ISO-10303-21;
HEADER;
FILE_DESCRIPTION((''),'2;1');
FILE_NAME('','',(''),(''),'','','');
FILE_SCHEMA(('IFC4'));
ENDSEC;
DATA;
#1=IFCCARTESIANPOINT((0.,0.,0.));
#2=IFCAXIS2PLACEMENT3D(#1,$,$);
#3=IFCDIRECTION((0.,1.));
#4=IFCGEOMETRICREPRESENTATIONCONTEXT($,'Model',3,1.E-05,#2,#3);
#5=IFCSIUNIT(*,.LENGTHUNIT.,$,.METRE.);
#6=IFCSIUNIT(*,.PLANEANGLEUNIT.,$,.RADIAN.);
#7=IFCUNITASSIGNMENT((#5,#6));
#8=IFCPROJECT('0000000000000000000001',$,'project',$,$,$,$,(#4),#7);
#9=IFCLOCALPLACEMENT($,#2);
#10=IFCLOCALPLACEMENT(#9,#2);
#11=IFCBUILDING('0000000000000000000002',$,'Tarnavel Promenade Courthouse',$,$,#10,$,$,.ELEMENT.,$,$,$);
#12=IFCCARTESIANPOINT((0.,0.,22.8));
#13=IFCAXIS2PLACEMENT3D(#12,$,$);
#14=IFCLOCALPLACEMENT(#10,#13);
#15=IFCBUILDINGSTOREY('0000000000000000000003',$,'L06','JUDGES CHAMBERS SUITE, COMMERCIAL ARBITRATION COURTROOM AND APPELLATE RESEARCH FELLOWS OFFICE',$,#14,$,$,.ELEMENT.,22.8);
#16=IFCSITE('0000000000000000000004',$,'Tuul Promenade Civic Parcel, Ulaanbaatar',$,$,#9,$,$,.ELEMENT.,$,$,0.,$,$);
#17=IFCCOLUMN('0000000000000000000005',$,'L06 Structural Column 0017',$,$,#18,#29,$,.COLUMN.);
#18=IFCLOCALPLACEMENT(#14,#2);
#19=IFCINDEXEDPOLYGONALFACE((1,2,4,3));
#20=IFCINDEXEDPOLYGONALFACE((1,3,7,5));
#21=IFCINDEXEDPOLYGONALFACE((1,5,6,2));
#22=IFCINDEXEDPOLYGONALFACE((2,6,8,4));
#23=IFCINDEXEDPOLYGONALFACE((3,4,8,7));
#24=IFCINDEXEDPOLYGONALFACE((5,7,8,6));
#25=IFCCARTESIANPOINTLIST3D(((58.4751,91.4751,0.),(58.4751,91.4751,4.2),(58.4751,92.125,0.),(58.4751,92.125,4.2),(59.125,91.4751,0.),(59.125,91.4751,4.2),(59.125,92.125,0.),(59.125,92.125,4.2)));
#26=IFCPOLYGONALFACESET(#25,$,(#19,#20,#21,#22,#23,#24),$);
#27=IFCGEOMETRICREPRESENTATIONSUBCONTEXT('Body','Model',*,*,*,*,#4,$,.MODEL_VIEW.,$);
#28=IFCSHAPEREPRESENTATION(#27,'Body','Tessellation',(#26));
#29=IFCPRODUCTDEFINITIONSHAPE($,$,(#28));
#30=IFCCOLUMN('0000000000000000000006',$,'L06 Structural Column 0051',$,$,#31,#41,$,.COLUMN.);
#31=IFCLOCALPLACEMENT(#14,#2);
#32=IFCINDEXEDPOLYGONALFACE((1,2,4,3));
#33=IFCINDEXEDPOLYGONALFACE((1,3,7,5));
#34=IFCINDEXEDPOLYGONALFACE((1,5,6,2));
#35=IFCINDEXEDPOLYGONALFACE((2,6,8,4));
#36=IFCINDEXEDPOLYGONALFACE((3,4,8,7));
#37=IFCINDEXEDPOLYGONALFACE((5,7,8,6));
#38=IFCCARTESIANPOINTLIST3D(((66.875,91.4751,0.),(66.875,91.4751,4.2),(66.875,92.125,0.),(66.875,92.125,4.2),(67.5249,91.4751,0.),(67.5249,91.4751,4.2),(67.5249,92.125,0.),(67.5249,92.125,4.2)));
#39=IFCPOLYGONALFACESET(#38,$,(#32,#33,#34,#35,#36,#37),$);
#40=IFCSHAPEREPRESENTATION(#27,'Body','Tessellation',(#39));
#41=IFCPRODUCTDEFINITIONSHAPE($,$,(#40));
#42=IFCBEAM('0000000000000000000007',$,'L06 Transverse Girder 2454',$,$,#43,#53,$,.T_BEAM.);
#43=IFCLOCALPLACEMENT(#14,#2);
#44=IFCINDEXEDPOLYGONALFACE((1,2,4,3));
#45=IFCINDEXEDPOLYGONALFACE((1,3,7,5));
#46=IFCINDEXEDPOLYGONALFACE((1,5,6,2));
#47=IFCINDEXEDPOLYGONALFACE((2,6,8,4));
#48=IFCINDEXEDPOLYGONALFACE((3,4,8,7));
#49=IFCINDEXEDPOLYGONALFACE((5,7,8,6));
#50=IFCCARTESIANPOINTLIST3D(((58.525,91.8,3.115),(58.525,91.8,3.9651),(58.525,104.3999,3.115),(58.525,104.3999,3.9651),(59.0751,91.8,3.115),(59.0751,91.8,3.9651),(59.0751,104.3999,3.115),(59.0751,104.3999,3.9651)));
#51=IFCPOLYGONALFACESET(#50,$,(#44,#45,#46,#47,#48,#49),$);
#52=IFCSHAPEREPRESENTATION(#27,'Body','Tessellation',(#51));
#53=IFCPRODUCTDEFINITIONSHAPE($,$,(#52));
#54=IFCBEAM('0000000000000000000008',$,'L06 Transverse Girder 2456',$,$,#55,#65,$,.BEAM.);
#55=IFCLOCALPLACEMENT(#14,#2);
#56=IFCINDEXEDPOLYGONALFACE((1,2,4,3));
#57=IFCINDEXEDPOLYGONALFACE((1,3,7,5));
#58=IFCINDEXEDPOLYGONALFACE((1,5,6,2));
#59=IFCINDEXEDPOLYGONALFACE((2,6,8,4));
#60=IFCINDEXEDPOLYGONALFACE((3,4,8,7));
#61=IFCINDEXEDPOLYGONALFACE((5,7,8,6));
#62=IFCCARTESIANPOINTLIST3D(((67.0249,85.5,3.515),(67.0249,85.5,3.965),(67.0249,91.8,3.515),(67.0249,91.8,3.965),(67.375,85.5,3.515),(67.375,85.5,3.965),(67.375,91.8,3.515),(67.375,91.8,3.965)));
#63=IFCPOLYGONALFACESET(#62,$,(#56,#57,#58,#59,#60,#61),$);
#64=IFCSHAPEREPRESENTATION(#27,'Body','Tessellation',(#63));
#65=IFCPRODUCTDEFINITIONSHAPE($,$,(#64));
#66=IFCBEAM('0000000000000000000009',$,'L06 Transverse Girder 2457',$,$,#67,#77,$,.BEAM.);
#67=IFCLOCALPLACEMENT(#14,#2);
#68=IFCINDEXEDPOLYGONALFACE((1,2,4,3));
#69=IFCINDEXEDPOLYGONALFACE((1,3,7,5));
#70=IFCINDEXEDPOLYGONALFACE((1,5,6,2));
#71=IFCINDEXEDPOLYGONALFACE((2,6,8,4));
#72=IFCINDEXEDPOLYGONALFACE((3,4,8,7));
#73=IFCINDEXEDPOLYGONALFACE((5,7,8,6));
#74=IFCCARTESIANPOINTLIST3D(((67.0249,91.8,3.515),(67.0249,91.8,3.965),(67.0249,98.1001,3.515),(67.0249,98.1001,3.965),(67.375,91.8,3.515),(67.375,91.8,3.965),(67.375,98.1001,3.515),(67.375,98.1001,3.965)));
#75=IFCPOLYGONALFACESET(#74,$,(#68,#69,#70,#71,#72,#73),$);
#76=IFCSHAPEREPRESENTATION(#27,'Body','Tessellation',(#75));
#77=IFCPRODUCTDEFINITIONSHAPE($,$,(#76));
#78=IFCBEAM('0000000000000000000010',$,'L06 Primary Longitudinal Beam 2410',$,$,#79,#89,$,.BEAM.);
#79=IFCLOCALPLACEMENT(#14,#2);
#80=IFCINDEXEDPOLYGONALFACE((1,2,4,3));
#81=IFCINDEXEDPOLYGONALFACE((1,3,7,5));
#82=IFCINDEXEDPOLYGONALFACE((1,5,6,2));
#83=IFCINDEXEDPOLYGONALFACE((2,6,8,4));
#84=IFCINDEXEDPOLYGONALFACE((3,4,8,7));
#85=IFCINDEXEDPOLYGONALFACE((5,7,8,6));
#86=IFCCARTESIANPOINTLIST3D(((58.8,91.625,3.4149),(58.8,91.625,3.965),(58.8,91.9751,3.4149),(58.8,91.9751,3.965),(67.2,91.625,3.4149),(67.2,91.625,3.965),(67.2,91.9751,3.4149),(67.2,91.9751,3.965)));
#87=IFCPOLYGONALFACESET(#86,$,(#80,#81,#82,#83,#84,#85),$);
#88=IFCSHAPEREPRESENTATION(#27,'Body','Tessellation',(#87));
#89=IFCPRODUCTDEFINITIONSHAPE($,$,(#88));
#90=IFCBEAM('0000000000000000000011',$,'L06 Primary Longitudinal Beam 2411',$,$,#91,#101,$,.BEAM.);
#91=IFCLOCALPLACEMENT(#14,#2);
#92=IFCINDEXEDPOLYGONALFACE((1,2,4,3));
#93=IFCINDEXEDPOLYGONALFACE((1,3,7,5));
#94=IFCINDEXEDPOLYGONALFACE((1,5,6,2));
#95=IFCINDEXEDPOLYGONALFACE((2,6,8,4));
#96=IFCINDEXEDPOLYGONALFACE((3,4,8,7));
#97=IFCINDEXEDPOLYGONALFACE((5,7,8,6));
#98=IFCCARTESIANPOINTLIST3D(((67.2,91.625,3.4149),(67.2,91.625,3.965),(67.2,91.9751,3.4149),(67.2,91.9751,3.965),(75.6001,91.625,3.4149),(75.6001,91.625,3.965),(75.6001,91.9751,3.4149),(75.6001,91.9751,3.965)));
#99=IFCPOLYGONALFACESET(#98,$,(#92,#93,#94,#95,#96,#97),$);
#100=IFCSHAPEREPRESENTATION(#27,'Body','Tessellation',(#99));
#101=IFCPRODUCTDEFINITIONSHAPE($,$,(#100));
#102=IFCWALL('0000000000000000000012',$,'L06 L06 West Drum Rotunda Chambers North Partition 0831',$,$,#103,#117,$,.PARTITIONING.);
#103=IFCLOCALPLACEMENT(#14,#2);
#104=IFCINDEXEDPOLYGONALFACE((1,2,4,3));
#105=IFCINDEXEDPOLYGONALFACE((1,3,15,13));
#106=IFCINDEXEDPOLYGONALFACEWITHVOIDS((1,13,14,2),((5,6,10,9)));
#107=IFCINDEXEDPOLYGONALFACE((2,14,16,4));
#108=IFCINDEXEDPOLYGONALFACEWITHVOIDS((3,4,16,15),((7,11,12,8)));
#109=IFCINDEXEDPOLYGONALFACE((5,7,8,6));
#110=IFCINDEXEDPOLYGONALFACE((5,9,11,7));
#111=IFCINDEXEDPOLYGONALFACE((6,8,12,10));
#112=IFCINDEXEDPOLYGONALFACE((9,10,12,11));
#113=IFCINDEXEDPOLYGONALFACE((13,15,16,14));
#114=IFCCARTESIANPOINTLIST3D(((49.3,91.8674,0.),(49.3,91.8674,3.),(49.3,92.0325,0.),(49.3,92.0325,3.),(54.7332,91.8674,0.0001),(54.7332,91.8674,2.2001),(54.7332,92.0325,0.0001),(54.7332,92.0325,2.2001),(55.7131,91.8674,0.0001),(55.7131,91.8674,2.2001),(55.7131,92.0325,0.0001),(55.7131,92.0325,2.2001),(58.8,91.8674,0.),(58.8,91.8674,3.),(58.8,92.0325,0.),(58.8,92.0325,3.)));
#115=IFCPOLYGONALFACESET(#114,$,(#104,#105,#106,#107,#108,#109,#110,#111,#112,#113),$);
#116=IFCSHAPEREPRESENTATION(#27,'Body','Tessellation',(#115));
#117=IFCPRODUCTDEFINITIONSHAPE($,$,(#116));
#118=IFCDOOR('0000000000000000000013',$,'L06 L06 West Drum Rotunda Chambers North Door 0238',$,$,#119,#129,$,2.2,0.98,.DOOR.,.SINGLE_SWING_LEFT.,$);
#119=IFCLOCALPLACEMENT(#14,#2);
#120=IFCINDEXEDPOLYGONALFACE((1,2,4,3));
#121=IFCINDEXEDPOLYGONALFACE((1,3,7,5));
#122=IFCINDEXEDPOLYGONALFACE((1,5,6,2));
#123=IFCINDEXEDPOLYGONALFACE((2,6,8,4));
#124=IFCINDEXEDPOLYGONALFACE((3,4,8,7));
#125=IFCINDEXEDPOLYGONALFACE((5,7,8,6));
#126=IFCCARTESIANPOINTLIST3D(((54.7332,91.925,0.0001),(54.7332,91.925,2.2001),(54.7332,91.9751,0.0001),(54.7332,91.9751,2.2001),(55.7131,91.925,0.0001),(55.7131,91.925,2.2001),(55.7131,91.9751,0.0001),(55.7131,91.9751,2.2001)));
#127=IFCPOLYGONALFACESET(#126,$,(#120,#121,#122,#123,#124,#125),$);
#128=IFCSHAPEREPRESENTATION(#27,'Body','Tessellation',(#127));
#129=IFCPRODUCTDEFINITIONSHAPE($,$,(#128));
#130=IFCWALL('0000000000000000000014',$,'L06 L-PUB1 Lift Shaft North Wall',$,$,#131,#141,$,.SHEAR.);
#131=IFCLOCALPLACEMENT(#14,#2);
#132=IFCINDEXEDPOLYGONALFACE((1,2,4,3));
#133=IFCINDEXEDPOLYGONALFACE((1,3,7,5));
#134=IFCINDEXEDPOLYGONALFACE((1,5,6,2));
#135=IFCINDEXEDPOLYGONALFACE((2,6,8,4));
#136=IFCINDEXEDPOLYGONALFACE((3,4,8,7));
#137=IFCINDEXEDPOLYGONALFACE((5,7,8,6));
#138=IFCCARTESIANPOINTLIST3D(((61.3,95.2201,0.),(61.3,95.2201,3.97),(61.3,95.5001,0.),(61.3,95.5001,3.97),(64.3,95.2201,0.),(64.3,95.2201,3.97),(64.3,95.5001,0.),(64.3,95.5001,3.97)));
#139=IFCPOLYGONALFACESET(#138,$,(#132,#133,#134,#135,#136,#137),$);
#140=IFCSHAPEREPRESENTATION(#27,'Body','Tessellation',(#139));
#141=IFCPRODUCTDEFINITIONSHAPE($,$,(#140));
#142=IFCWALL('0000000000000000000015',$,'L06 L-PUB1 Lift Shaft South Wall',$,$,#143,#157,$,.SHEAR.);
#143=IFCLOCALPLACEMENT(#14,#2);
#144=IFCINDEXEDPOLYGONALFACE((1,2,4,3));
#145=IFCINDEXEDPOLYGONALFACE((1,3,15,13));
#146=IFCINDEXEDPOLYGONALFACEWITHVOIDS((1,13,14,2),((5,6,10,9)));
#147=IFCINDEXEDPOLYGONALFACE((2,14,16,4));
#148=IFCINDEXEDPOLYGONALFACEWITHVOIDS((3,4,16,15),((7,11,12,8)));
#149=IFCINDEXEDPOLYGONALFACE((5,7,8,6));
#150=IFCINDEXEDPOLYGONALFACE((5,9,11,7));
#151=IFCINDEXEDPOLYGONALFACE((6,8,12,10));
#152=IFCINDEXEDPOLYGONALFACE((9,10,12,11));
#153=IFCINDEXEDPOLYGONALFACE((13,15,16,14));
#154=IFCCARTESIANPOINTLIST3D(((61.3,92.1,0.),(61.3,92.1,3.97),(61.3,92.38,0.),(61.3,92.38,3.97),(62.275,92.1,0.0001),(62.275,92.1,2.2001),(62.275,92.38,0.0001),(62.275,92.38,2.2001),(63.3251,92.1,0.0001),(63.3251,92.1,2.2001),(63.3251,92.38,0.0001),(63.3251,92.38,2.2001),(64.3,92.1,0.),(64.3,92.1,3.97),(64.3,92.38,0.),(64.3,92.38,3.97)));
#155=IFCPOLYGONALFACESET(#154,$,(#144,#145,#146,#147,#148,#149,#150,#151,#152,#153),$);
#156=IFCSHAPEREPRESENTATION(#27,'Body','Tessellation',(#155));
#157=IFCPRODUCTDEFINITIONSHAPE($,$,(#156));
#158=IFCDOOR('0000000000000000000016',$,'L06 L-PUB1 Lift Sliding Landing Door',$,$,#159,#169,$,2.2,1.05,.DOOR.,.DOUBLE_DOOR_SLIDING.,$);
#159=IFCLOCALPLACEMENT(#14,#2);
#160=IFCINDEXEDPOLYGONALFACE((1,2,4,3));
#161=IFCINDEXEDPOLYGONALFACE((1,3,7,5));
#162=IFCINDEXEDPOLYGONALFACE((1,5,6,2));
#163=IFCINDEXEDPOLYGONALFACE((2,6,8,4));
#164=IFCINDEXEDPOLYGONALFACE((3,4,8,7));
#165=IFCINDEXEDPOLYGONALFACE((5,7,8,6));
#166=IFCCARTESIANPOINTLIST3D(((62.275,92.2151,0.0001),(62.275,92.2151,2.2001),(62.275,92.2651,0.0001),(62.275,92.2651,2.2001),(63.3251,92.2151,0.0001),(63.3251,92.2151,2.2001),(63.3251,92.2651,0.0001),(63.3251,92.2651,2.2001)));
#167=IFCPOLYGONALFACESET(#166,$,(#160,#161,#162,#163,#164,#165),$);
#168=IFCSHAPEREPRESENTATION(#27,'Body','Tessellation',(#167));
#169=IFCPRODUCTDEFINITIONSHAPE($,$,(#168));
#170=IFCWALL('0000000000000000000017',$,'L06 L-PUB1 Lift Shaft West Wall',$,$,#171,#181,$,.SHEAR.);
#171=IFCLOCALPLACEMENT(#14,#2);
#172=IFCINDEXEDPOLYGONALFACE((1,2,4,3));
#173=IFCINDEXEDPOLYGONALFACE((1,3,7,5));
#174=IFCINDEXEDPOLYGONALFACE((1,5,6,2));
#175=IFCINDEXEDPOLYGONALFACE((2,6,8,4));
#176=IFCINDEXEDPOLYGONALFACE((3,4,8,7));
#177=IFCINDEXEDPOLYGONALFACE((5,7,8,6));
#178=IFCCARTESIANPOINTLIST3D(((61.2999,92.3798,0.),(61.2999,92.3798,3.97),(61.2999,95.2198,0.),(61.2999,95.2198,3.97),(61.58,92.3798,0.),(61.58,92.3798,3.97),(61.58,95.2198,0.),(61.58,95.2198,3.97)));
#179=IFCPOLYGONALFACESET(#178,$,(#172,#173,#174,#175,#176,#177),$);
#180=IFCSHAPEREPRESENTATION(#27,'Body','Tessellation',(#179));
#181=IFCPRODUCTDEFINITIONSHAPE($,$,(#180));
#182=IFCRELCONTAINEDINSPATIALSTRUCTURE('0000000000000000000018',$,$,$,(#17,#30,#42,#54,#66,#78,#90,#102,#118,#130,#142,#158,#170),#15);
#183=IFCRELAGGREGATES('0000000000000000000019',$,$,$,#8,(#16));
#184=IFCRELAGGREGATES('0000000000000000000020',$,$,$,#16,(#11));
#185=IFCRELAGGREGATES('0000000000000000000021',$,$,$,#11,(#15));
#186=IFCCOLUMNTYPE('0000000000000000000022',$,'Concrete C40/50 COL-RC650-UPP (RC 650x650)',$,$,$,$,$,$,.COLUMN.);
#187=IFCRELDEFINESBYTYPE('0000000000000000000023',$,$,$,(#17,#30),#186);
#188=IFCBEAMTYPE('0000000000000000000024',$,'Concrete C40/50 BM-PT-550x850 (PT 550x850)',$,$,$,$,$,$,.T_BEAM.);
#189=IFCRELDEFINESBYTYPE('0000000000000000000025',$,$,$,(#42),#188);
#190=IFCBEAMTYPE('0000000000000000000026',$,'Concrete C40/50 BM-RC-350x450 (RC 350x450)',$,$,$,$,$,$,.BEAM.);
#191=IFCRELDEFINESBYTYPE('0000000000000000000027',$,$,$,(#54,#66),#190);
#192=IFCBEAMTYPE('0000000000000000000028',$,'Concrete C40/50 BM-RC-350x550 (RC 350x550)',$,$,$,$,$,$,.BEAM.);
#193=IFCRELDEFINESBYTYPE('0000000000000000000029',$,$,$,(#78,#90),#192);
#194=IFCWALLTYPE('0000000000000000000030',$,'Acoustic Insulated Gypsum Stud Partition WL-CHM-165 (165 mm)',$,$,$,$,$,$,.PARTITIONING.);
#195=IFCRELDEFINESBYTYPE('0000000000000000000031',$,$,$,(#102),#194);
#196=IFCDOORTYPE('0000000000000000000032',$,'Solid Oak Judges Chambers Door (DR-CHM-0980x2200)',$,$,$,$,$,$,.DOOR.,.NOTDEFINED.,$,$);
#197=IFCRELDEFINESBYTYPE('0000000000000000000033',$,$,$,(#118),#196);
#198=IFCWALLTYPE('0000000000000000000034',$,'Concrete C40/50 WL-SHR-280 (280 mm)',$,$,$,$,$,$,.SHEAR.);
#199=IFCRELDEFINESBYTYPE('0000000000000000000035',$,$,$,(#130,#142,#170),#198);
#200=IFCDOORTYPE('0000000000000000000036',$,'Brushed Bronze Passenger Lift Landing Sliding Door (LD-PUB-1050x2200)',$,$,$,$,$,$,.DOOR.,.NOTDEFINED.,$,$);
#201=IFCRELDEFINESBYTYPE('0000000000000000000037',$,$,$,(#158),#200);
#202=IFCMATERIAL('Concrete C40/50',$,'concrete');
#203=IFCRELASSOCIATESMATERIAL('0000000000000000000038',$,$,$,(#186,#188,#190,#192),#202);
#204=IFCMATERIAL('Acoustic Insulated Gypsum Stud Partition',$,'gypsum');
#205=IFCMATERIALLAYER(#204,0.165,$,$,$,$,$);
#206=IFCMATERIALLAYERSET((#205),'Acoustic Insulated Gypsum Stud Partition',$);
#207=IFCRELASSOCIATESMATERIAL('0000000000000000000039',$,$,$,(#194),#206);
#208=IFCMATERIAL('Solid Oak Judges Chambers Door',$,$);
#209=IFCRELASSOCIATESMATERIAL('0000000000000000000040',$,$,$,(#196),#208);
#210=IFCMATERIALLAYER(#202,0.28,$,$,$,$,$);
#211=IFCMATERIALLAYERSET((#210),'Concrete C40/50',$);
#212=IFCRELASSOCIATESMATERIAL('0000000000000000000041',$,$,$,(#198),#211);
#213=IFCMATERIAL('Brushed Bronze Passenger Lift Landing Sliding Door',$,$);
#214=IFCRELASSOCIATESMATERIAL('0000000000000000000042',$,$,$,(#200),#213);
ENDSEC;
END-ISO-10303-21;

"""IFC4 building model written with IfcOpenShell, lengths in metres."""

from ifc_helpers import new_model, si_unit, direction, frame, frame_2d, origin, origin_2d, place, context, subcontext, project, spatial, rectangle, extrude, material, layer, layer_set, material_profile, profile_set, type_object, element, fill, save


model = new_model("IFC4")

# Units and contexts
model_context = context("Model", 3, precision=1e-05, world=origin(), true_north=direction((0.0, 1.0)))
body_context = subcontext(model_context, "Body", "Model", "MODEL_VIEW")
ifc_project = project(units=[si_unit("LENGTHUNIT", "METRE"), si_unit("PLANEANGLEUNIT", "RADIAN")], contexts=[model_context])

# Site, building, storey
site_placement = place(None, origin())
site = spatial("IfcSite", under=ifc_project, at=site_placement, Name="Tuul Promenade Civic Parcel, Ulaanbaatar", CompositionType="ELEMENT", RefElevation=0.0)
building_placement = place(site_placement, origin())
building = spatial("IfcBuilding", under=site, at=building_placement, Name="Tarnavel Promenade Courthouse", CompositionType="ELEMENT")
storey_placement = place(building_placement, frame((0.0, 0.0, 22.8)))
storey = spatial("IfcBuildingStorey", under=building, at=storey_placement, Name="L06", Description="JUDGES CHAMBERS SUITE, COMMERCIAL ARBITRATION COURTROOM AND APPELLATE RESEARCH FELLOWS OFFICE", CompositionType="ELEMENT", Elevation=22.8)

# Columns
ifc_material_1 = material(Name="Concrete C40/50", Category="concrete")
ifc_material_profile_1 = material_profile(ifc_material_1, rectangle(XDim=0.6499, YDim=0.6499, at=origin_2d()), Name="RC 650x650")
ifc_profile_set_1 = profile_set([ifc_material_profile_1], Name="Concrete C40/50")
column_type = type_object("IfcColumnType", Name="Concrete C40/50 COL-RC650-UPP (RC 650x650)", PredefinedType="COLUMN", material=ifc_profile_set_1)
for number, where, z_axis, x_axis, name in (
    (1, (58.8, 91.8, 0.0), (0.0, 0.0, 1.0), (1.0, 0.0, 0.0), "L06 Structural Column 0017"),
    (2, (67.2, 91.8, 0.0), (0.0, 0.0, 1.0), (1.0, 0.0, 0.0), "L06 Structural Column 0051"),
):
    element("IfcColumn", number, at=place(storey_placement, frame(where, z_axis=z_axis, x_axis=x_axis)), inside=storey, type_object=column_type, Name=name, PredefinedType="COLUMN", context=body_context, shape_type="SweptSolid", body=[
        extrude(rectangle(XDim=0.6499, YDim=0.6499, at=origin_2d()), origin(), (0.0, 0.0, 1.0), 4.2),
    ])

# Beams
ifc_material_profile_2 = material_profile(ifc_material_1, rectangle(XDim=0.55, YDim=0.8501, at=origin_2d()), Name="PT 550x850")
ifc_profile_set_2 = profile_set([ifc_material_profile_2], Name="Concrete C40/50")
beam_type_1 = type_object("IfcBeamType", Name="Concrete C40/50 BM-PT-550x850 (PT 550x850)", PredefinedType="T_BEAM", material=ifc_profile_set_2)
beam_1_placement = place(storey_placement, frame((58.8, 91.8, 3.54), z_axis=(0.0, 1.0, 0.0), x_axis=(-1.0, 0.0, 0.0)))
element("IfcBeam", 3, at=beam_1_placement, inside=storey, type_object=beam_type_1, Name="L06 Transverse Girder 2454", PredefinedType="T_BEAM", context=body_context, shape_type="SweptSolid", body=[
    extrude(rectangle(XDim=0.55, YDim=0.8501, at=origin_2d()), origin(), (0.0, 0.0, 1.0), 12.5999),
])
ifc_material_profile_3 = material_profile(ifc_material_1, rectangle(XDim=0.3501, YDim=0.45, at=origin_2d()), Name="RC 350x450")
ifc_profile_set_3 = profile_set([ifc_material_profile_3], Name="Concrete C40/50")
beam_type_2 = type_object("IfcBeamType", Name="Concrete C40/50 BM-RC-350x450 (RC 350x450)", PredefinedType="BEAM", material=ifc_profile_set_3)
for number, where, z_axis, x_axis, name in (
    (4, (67.2, 85.5, 3.74), (0.0, 1.0, 0.0), (-1.0, 0.0, 0.0), "L06 Transverse Girder 2456"),
    (5, (67.2, 91.8, 3.74), (0.0, 1.0, 0.0), (-1.0, 0.0, 0.0), "L06 Transverse Girder 2457"),
):
    element("IfcBeam", number, at=place(storey_placement, frame(where, z_axis=z_axis, x_axis=x_axis)), inside=storey, type_object=beam_type_2, Name=name, PredefinedType="BEAM", context=body_context, shape_type="SweptSolid", body=[
        extrude(rectangle(XDim=0.3501, YDim=0.45, at=origin_2d()), origin(), (0.0, 0.0, 1.0), 6.3),
    ])
ifc_material_profile_4 = material_profile(ifc_material_1, rectangle(XDim=0.3501, YDim=0.55, at=origin_2d()), Name="RC 350x550")
ifc_profile_set_4 = profile_set([ifc_material_profile_4], Name="Concrete C40/50")
beam_type_3 = type_object("IfcBeamType", Name="Concrete C40/50 BM-RC-350x550 (RC 350x550)", PredefinedType="BEAM", material=ifc_profile_set_4)
beam_2_placement = place(storey_placement, frame((58.8, 91.8, 3.6899), z_axis=(1.0, 0.0, 0.0), x_axis=(0.0, 1.0, 0.0)))
element("IfcBeam", 6, at=beam_2_placement, inside=storey, type_object=beam_type_3, Name="L06 Primary Longitudinal Beam 2410", PredefinedType="BEAM", context=body_context, shape_type="SweptSolid", body=[
    extrude(rectangle(XDim=0.3501, YDim=0.55, at=origin_2d()), origin(), (0.0, 0.0, 1.0), 8.3999),
])
beam_3_placement = place(storey_placement, frame((67.2, 91.8, 3.6899), z_axis=(1.0, 0.0, 0.0), x_axis=(0.0, 1.0, 0.0)))
element("IfcBeam", 7, at=beam_3_placement, inside=storey, type_object=beam_type_3, Name="L06 Primary Longitudinal Beam 2411", PredefinedType="BEAM", context=body_context, shape_type="SweptSolid", body=[
    extrude(rectangle(XDim=0.3501, YDim=0.55, at=origin_2d()), origin(), (0.0, 0.0, 1.0), 8.4001),
])

# Wall, opening, door
ifc_material_2 = material(Name="Acoustic Insulated Gypsum Stud Partition", Category="gypsum")
ifc_layer_1 = layer(ifc_material_2, 0.165)
ifc_layer_set_1 = layer_set([ifc_layer_1], Name="Acoustic Insulated Gypsum Stud Partition")
wall_type_1 = type_object("IfcWallType", Name="Acoustic Insulated Gypsum Stud Partition WL-CHM-165 (165 mm)", PredefinedType="PARTITIONING", material=ifc_layer_set_1)
wall_1_placement = place(storey_placement, frame((58.8, 91.95, 0.0), z_axis=(0.0, 0.0, 1.0), x_axis=(-1.0, 0.0, 0.0)))
wall_1 = element("IfcWall", 8, at=wall_1_placement, inside=storey, type_object=wall_type_1, Name="L06 L06 West Drum Rotunda Chambers North Partition 0831", PredefinedType="PARTITIONING", context=body_context, shape_type="SweptSolid", body=[
    extrude(rectangle(XDim=9.5, YDim=0.165, at=frame_2d((4.75, 0.0))), origin(), (0.0, 0.0, 1.0), 3.0),
])
opening_1_placement = place(wall_1_placement, frame((3.0869, 0.0, 0.0)))
opening_1 = element("IfcOpeningElement", 9, at=opening_1_placement, cuts=wall_1, PredefinedType="OPENING", context=body_context, shape_type="SweptSolid", body=[
    extrude(rectangle(XDim=0.98, YDim=2.2, at=frame_2d((0.49, 1.1001))), frame((0.0, 0.0925, 0.0), z_axis=(0.0, -1.0, 0.0), x_axis=(1.0, 0.0, 0.0)), (0.0, 0.0, 1.0), 0.1851),
])
ifc_material_3 = material(Name="Solid Oak Judges Chambers Door")
door_type_1 = type_object("IfcDoorType", Name="Solid Oak Judges Chambers Door (DR-CHM-0980x2200)", OperationType="NOTDEFINED", PredefinedType="DOOR", material=ifc_material_3)
door_1_placement = place(opening_1_placement, origin())
door_1 = element("IfcDoor", 10, at=door_1_placement, inside=storey, type_object=door_type_1, Name="L06 L06 West Drum Rotunda Chambers North Door 0238", OperationType="SINGLE_SWING_LEFT", OverallHeight=2.2, OverallWidth=0.98, PredefinedType="DOOR", context=body_context, shape_type="SweptSolid", body=[
    extrude(rectangle(XDim=0.98, YDim=2.2, at=frame_2d((0.49, 1.1001))), frame((0.0, 0.0249, 0.0), z_axis=(0.0, -1.0, 0.0), x_axis=(1.0, 0.0, 0.0)), (0.0, 0.0, 1.0), 0.05),
])
fill(opening_1, door_1)

# Wall
ifc_layer_2 = layer(ifc_material_1, 0.28)
ifc_layer_set_2 = layer_set([ifc_layer_2], Name="Concrete C40/50")
wall_type_2 = type_object("IfcWallType", Name="Concrete C40/50 WL-SHR-280 (280 mm)", PredefinedType="SHEAR", material=ifc_layer_set_2)
wall_2_placement = place(storey_placement, frame((61.3, 95.3601, 0.0), z_axis=(0.0, 0.0, 1.0), x_axis=(1.0, 0.0, 0.0)))
element("IfcWall", 11, at=wall_2_placement, inside=storey, type_object=wall_type_2, Name="L06 L-PUB1 Lift Shaft North Wall", PredefinedType="SHEAR", context=body_context, shape_type="SweptSolid", body=[
    extrude(rectangle(XDim=3.0, YDim=0.28, at=frame_2d((1.5, 0.0))), origin(), (0.0, 0.0, 1.0), 3.97),
])

# Wall, opening, door
wall_3_placement = place(storey_placement, frame((64.3, 92.24, 0.0), z_axis=(0.0, 0.0, 1.0), x_axis=(-1.0, 0.0, 0.0)))
wall_3 = element("IfcWall", 12, at=wall_3_placement, inside=storey, type_object=wall_type_2, Name="L06 L-PUB1 Lift Shaft South Wall", PredefinedType="SHEAR", context=body_context, shape_type="SweptSolid", body=[
    extrude(rectangle(XDim=3.0, YDim=0.28, at=frame_2d((1.5, 0.0))), origin(), (0.0, 0.0, 1.0), 3.97),
])
opening_2_placement = place(wall_3_placement, frame((0.9751, 0.0, 0.0)))
opening_2 = element("IfcOpeningElement", 13, at=opening_2_placement, cuts=wall_3, PredefinedType="OPENING", context=body_context, shape_type="SweptSolid", body=[
    extrude(rectangle(XDim=1.05, YDim=2.2, at=frame_2d((0.5249, 1.1001))), frame((0.0, 0.1499, 0.0), z_axis=(0.0, -1.0, 0.0), x_axis=(1.0, 0.0, 0.0)), (0.0, 0.0, 1.0), 0.3),
])
ifc_material_4 = material(Name="Brushed Bronze Passenger Lift Landing Sliding Door")
door_type_2 = type_object("IfcDoorType", Name="Brushed Bronze Passenger Lift Landing Sliding Door (LD-PUB-1050x2200)", OperationType="NOTDEFINED", PredefinedType="DOOR", material=ifc_material_4)
door_2_placement = place(opening_2_placement, origin())
door_2 = element("IfcDoor", 14, at=door_2_placement, inside=storey, type_object=door_type_2, Name="L06 L-PUB1 Lift Sliding Landing Door", OperationType="DOUBLE_DOOR_SLIDING", OverallHeight=2.2, OverallWidth=1.05, PredefinedType="DOOR", context=body_context, shape_type="SweptSolid", body=[
    extrude(rectangle(XDim=1.05, YDim=2.2, at=frame_2d((0.5249, 1.1001))), frame((0.0, 0.0249, 0.0), z_axis=(0.0, -1.0, 0.0), x_axis=(1.0, 0.0, 0.0)), (0.0, 0.0, 1.0), 0.05),
])
fill(opening_2, door_2)

# Wall
for number, where, z_axis, x_axis, name in (
    (15, (61.4399, 92.3799, 0.0), (0.0, 0.0, 1.0), (0.0, 1.0, 0.0), "L06 L-PUB1 Lift Shaft West Wall"),
):
    element("IfcWall", number, at=place(storey_placement, frame(where, z_axis=z_axis, x_axis=x_axis)), inside=storey, type_object=wall_type_2, Name=name, PredefinedType="SHEAR", context=body_context, shape_type="SweptSolid", body=[
        extrude(rectangle(XDim=2.8401, YDim=0.28, at=frame_2d((1.4199, 0.0))), origin(), (0.0, 0.0, 1.0), 3.97),
    ])

save(model, "model.ifc")
